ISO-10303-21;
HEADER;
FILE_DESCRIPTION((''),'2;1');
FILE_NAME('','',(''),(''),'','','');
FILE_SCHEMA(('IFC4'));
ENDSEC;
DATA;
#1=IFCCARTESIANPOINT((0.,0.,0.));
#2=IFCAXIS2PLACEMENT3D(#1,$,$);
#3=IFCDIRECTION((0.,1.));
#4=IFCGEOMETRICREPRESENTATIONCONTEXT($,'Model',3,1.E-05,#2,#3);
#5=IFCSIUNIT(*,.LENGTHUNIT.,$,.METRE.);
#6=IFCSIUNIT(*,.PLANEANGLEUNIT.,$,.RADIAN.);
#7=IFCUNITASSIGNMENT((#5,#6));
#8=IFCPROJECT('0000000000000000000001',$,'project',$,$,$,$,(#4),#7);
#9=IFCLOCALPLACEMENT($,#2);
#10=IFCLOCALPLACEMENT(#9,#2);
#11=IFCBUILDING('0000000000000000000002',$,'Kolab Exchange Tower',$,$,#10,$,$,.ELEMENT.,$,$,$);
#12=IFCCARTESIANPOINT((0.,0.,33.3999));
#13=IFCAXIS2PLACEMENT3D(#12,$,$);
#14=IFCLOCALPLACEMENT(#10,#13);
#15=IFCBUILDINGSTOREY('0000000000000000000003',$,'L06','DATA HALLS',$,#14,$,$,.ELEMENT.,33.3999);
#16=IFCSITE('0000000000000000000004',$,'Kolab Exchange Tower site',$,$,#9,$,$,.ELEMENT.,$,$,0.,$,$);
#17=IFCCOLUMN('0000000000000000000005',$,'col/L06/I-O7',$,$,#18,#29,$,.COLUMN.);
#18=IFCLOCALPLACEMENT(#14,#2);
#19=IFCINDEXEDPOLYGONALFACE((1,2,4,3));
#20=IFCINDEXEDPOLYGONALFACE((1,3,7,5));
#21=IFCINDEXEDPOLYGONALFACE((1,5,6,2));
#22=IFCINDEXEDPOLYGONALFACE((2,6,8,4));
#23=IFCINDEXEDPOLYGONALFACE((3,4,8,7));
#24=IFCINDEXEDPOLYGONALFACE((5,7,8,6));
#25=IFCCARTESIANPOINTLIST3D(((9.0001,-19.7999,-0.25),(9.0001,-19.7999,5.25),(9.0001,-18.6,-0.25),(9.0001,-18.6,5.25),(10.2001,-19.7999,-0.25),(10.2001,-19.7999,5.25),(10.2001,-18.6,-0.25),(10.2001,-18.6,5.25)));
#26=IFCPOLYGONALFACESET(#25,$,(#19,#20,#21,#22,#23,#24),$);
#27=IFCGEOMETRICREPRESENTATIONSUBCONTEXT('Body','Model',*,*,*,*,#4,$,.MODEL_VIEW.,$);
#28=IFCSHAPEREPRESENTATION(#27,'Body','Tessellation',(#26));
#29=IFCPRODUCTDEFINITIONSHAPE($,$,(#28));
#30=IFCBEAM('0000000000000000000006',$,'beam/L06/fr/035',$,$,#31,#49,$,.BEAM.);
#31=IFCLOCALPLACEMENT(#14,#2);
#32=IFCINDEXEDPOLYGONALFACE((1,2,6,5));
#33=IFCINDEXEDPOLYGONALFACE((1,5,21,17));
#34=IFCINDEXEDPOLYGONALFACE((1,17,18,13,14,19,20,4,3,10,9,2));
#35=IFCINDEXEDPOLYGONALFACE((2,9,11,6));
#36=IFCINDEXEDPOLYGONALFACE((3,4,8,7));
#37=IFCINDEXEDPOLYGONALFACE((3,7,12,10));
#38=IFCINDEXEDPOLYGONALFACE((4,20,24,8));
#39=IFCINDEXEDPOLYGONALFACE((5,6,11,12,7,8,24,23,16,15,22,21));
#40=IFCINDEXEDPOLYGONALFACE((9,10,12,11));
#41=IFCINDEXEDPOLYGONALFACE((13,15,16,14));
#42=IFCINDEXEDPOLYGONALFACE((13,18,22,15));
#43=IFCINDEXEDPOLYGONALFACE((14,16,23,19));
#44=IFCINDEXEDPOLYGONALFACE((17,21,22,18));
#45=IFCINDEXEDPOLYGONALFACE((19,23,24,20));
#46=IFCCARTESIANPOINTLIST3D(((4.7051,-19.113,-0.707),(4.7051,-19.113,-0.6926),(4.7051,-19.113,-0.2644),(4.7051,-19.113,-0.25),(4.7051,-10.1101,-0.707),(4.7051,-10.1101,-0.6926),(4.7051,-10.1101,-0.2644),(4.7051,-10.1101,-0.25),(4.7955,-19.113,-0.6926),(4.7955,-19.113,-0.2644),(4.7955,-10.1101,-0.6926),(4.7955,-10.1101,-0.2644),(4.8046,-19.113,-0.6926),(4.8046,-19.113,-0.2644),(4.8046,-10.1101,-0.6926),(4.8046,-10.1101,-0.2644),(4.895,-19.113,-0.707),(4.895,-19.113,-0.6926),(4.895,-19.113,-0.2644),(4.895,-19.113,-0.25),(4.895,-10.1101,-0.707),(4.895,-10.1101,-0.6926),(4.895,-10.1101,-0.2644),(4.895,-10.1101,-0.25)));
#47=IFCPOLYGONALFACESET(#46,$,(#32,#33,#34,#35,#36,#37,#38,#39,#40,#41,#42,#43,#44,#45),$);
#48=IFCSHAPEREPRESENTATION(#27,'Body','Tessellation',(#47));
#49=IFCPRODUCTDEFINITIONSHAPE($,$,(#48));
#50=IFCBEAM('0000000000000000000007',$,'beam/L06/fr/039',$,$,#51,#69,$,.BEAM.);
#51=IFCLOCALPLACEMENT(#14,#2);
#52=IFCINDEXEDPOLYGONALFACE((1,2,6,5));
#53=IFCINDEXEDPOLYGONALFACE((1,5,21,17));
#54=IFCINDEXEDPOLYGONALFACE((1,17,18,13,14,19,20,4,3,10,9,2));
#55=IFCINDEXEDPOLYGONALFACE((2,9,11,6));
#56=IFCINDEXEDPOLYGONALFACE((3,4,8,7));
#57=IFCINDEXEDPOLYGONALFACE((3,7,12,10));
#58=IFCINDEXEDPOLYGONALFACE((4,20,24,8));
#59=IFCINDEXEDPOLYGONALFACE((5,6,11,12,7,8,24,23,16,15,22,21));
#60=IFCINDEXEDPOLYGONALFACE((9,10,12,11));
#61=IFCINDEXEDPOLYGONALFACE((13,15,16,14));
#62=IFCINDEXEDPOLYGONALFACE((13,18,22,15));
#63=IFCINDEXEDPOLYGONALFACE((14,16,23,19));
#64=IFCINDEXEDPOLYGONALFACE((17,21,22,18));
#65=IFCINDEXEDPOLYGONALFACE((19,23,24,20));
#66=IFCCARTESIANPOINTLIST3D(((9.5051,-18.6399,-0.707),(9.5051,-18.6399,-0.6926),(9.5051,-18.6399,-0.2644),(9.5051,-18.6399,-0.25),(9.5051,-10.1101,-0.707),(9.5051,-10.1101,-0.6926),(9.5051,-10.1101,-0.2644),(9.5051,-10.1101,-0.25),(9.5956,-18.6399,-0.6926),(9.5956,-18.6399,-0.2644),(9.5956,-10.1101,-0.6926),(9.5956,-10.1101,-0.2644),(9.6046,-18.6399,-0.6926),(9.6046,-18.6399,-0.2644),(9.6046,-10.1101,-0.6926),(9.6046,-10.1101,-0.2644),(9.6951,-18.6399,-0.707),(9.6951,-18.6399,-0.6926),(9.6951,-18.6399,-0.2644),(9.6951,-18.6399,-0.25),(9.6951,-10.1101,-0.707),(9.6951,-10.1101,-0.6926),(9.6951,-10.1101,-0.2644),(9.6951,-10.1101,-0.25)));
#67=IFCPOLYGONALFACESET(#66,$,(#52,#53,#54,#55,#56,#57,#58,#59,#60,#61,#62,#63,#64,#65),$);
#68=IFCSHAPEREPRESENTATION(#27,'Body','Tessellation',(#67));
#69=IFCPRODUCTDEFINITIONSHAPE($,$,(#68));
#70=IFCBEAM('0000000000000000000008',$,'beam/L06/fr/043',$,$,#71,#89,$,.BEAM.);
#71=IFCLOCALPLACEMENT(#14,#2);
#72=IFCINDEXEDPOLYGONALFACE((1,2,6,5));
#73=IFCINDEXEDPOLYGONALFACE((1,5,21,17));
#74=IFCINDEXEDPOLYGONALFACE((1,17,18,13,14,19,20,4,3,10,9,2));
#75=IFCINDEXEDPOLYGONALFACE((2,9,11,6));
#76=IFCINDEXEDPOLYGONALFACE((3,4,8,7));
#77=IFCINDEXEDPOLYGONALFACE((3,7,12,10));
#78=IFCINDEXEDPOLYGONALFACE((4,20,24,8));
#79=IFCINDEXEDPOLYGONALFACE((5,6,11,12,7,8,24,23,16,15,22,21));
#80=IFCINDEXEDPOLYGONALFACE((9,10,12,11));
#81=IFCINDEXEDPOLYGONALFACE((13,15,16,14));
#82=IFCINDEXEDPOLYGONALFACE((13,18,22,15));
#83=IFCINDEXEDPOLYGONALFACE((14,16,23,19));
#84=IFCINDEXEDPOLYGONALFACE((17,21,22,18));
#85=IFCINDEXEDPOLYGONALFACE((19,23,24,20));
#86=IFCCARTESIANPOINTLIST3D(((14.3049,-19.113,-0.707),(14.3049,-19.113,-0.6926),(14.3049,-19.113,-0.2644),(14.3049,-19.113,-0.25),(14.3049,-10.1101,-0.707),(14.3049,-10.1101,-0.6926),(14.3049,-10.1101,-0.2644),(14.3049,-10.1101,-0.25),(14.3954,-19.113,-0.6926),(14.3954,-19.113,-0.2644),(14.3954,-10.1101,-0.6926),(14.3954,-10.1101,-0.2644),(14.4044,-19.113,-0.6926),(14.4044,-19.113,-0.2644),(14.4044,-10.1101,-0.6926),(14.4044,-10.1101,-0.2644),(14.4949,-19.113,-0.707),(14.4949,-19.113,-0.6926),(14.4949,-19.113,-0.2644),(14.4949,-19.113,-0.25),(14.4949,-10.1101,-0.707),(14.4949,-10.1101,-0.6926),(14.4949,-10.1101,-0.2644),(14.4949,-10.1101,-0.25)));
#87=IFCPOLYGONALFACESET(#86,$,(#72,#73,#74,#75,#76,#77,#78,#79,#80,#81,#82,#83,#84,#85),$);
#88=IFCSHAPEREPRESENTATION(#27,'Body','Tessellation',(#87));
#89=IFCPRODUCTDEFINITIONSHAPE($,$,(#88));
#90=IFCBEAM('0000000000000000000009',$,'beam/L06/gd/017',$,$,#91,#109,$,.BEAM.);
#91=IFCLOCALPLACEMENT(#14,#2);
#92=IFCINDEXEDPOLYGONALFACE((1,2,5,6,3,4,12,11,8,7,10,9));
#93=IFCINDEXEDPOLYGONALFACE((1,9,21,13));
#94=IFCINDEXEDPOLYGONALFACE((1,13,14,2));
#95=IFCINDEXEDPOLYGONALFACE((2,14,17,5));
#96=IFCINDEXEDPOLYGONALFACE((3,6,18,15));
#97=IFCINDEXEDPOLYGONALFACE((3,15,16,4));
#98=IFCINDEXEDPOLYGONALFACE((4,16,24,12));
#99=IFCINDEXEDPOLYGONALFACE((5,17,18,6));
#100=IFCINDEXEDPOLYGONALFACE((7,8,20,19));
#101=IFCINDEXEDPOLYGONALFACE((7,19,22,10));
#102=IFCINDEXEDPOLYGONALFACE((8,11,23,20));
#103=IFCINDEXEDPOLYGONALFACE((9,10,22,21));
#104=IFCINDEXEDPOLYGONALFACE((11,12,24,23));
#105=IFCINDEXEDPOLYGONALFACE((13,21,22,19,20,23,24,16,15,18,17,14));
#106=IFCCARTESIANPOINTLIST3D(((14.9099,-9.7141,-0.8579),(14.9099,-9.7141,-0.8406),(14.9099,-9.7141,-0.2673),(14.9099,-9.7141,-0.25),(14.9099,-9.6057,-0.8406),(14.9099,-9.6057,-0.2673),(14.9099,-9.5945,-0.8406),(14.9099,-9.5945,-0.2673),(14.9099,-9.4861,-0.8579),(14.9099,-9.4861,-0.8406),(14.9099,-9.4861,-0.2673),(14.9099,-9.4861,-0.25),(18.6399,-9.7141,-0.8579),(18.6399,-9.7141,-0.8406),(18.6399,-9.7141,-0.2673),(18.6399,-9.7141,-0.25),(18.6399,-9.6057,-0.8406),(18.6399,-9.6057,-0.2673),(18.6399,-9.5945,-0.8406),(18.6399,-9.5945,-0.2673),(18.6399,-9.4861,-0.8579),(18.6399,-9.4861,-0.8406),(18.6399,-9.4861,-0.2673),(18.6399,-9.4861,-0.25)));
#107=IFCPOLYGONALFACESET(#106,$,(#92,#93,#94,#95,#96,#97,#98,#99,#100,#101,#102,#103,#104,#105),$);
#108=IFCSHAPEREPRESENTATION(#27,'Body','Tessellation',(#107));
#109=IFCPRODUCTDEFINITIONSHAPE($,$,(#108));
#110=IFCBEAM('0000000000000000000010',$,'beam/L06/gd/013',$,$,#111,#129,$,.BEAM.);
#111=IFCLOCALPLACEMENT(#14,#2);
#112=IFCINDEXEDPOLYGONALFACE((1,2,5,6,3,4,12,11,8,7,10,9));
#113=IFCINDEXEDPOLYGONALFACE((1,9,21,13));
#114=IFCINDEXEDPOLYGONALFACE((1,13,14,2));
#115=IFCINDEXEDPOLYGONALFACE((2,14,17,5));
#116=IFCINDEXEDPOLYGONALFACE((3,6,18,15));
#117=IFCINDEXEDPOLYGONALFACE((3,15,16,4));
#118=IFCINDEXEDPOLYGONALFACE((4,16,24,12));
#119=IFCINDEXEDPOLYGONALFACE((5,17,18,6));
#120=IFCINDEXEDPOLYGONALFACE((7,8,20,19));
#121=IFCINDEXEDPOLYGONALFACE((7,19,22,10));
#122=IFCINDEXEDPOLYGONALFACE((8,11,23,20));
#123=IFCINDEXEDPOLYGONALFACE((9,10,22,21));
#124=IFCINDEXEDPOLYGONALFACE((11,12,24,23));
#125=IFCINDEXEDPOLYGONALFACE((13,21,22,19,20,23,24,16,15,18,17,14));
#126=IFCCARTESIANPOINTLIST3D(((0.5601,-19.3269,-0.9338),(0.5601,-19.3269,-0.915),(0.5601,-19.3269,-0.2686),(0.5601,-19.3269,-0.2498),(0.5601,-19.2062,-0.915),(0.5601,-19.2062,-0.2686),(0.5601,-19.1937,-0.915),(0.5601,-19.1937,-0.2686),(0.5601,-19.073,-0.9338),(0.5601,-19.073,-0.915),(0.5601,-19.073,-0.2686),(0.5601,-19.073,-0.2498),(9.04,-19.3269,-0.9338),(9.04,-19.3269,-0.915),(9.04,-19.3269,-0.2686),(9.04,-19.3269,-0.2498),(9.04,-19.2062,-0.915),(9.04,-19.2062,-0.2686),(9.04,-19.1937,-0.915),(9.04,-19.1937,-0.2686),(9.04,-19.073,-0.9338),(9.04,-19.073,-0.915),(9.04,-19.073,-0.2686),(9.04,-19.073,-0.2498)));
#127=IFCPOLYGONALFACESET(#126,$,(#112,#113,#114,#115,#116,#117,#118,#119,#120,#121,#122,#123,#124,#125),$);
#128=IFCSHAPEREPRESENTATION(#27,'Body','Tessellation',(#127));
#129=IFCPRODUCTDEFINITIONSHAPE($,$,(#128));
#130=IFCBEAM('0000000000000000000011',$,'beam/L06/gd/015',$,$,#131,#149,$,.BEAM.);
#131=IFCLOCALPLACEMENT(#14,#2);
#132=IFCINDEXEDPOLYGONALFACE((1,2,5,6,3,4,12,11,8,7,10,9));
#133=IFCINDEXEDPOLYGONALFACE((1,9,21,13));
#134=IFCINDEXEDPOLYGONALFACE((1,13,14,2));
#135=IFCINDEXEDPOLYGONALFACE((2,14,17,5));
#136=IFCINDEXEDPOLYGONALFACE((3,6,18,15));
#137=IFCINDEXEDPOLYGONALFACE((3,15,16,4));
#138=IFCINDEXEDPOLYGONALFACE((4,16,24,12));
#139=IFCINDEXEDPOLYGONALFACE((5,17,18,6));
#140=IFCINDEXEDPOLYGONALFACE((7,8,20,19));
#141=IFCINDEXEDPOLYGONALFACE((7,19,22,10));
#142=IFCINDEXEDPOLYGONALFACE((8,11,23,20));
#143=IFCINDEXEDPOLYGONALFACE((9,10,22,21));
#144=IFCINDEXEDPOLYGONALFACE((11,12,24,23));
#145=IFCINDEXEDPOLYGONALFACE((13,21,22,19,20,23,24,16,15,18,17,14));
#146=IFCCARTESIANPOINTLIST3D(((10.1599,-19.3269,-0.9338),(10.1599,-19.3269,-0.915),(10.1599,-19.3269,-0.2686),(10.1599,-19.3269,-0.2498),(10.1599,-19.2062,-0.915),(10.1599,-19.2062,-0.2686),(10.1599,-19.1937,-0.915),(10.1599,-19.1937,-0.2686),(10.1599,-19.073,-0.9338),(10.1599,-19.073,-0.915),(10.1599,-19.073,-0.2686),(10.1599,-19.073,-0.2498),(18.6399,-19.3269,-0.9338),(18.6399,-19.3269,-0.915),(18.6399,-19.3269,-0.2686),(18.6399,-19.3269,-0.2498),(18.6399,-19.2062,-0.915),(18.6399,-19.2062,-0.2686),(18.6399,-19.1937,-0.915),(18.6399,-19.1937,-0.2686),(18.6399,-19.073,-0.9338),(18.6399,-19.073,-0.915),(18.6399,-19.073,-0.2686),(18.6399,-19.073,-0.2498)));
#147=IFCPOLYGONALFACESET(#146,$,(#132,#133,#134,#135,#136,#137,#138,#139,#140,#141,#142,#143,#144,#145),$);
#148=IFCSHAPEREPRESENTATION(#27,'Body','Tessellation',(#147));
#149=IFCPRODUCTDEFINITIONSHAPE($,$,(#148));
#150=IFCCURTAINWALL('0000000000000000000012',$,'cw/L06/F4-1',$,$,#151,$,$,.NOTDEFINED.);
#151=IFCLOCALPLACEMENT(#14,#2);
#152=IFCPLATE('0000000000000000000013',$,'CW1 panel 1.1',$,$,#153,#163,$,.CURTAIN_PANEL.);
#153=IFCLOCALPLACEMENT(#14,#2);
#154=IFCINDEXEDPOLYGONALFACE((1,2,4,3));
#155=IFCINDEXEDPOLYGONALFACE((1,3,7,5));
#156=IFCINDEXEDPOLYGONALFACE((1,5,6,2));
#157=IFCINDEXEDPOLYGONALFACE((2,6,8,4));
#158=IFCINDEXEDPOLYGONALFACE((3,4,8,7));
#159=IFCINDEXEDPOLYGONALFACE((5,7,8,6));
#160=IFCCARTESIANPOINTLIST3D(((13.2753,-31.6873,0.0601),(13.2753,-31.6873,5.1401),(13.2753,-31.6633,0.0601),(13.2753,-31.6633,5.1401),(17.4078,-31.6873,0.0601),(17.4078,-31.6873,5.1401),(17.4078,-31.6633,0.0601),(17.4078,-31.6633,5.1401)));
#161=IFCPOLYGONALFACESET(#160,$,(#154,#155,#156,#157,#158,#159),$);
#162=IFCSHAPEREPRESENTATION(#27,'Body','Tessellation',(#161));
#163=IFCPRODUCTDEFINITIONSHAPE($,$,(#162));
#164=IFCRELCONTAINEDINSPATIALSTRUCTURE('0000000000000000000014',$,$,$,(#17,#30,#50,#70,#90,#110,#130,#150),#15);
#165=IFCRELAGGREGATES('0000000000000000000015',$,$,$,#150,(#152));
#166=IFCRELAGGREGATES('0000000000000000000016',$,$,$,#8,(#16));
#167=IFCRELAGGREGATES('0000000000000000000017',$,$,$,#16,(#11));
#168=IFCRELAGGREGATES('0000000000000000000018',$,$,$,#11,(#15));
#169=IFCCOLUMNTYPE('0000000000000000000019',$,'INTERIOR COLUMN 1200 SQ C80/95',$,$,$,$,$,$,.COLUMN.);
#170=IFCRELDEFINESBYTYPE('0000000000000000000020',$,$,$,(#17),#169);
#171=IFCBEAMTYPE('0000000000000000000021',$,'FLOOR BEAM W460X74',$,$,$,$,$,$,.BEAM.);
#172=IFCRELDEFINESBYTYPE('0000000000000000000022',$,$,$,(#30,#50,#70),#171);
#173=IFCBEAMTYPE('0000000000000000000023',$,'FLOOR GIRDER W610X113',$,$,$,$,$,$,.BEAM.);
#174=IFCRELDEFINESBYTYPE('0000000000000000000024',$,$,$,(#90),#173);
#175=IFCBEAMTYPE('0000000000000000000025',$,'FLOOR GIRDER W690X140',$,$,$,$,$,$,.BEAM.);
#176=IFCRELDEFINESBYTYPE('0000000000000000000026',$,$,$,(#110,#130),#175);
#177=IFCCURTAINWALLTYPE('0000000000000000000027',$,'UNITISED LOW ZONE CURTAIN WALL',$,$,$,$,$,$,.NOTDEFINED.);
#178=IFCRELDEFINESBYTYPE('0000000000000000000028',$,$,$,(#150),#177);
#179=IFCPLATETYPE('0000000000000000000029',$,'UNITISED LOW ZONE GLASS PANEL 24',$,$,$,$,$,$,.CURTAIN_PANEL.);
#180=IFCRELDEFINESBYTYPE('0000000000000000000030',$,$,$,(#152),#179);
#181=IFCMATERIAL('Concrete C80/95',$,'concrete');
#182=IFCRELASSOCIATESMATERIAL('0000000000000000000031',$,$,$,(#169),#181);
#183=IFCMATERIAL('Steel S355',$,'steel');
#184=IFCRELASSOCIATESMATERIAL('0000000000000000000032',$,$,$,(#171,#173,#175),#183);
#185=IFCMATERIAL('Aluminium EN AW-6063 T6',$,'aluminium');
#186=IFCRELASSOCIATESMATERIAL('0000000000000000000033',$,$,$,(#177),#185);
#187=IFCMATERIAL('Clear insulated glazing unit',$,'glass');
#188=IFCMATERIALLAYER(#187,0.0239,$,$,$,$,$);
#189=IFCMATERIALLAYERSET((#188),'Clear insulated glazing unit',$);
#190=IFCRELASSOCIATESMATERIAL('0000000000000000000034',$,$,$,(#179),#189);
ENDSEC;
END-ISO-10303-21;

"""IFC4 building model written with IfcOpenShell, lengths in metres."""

from ifc_helpers import new_model, si_unit, direction, frame, origin, origin_2d, place, context, subcontext, project, spatial, rectangle, i_section, extrude, material, layer, layer_set, material_profile, profile_set, type_object, element, aggregate, save


model = new_model("IFC4")

# Units and contexts
model_context = context("Model", 3, precision=1e-05, world=origin(), true_north=direction((0.0, 1.0)))
body_context = subcontext(model_context, "Body", "Model", "MODEL_VIEW")
ifc_project = project(units=[si_unit("LENGTHUNIT", "METRE"), si_unit("PLANEANGLEUNIT", "RADIAN")], contexts=[model_context])

# Site, building, storey
site_placement = place(None, origin())
site = spatial("IfcSite", under=ifc_project, at=site_placement, Name="Kolab Exchange Tower site", CompositionType="ELEMENT", RefElevation=0.0)
building_placement = place(site_placement, origin())
building = spatial("IfcBuilding", under=site, at=building_placement, Name="Kolab Exchange Tower", CompositionType="ELEMENT")
storey_placement = place(building_placement, frame((0.0, 0.0, 33.3999)))
storey = spatial("IfcBuildingStorey", under=building, at=storey_placement, Name="L06", Description="DATA HALLS", CompositionType="ELEMENT", Elevation=33.3999)

# Column
ifc_material_1 = material(Name="Concrete C80/95", Category="concrete")
ifc_material_profile_1 = material_profile(ifc_material_1, rectangle(XDim=1.2, YDim=1.2, at=origin_2d()), Name="RC1200")
ifc_profile_set_1 = profile_set([ifc_material_profile_1], Name="Concrete C80/95")
column_type = type_object("IfcColumnType", Name="INTERIOR COLUMN 1200 SQ C80/95", PredefinedType="COLUMN", material=ifc_profile_set_1)
column_placement = place(storey_placement, frame((9.6001, -19.2, -0.25), z_axis=(0.0, 0.0, 1.0), x_axis=(1.0, 0.0, 0.0)))
element("IfcColumn", 1, at=column_placement, inside=storey, type_object=column_type, Name="col/L06/I-O7", PredefinedType="COLUMN", context=body_context, shape_type="SweptSolid", body=[
    extrude(rectangle(XDim=1.2, YDim=1.2, at=origin_2d()), origin(), (0.0, 0.0, 1.0), 5.5),
])

# Beams
ifc_material_2 = material(Name="Steel S355", Category="steel")
ifc_material_profile_2 = material_profile(ifc_material_2, i_section(OverallWidth=0.1899, OverallDepth=0.457, WebThickness=0.009, FlangeThickness=0.0144, at=origin_2d()), Name="W460X74")
ifc_profile_set_2 = profile_set([ifc_material_profile_2], Name="Steel S355")
beam_type_1 = type_object("IfcBeamType", Name="FLOOR BEAM W460X74", PredefinedType="BEAM", material=ifc_profile_set_2)
beam_1_placement = place(storey_placement, frame((4.8, -19.113, -0.4785), z_axis=(0.0, 1.0, 0.0), x_axis=(-1.0, 0.0, 0.0)))
element("IfcBeam", 2, at=beam_1_placement, inside=storey, type_object=beam_type_1, Name="beam/L06/fr/035", PredefinedType="BEAM", context=body_context, shape_type="SweptSolid", body=[
    extrude(i_section(OverallWidth=0.1899, OverallDepth=0.457, WebThickness=0.009, FlangeThickness=0.0144, at=origin_2d()), origin(), (0.0, 0.0, 1.0), 9.0029),
])
beam_2_placement = place(storey_placement, frame((9.6001, -18.6399, -0.4785), z_axis=(0.0, 1.0, 0.0), x_axis=(-1.0, 0.0, 0.0)))
element("IfcBeam", 3, at=beam_2_placement, inside=storey, type_object=beam_type_1, Name="beam/L06/fr/039", PredefinedType="BEAM", context=body_context, shape_type="SweptSolid", body=[
    extrude(i_section(OverallWidth=0.1899, OverallDepth=0.457, WebThickness=0.009, FlangeThickness=0.0144, at=origin_2d()), origin(), (0.0, 0.0, 1.0), 8.5298),
])
beam_3_placement = place(storey_placement, frame((14.3999, -19.113, -0.4785), z_axis=(0.0, 1.0, 0.0), x_axis=(-1.0, 0.0, 0.0)))
element("IfcBeam", 4, at=beam_3_placement, inside=storey, type_object=beam_type_1, Name="beam/L06/fr/043", PredefinedType="BEAM", context=body_context, shape_type="SweptSolid", body=[
    extrude(i_section(OverallWidth=0.1899, OverallDepth=0.457, WebThickness=0.009, FlangeThickness=0.0144, at=origin_2d()), origin(), (0.0, 0.0, 1.0), 9.0029),
])
ifc_material_profile_3 = material_profile(ifc_material_2, i_section(OverallWidth=0.228, OverallDepth=0.6079, WebThickness=0.0112, FlangeThickness=0.0173, at=origin_2d()), Name="W610X113")
ifc_profile_set_3 = profile_set([ifc_material_profile_3], Name="Steel S355")
beam_type_2 = type_object("IfcBeamType", Name="FLOOR GIRDER W610X113", PredefinedType="BEAM", material=ifc_profile_set_3)
beam_4_placement = place(storey_placement, frame((14.9099, -9.6001, -0.554), z_axis=(1.0, 0.0, 0.0), x_axis=(0.0, 1.0, 0.0)))
element("IfcBeam", 5, at=beam_4_placement, inside=storey, type_object=beam_type_2, Name="beam/L06/gd/017", PredefinedType="BEAM", context=body_context, shape_type="SweptSolid", body=[
    extrude(i_section(OverallWidth=0.228, OverallDepth=0.6079, WebThickness=0.0112, FlangeThickness=0.0173, at=origin_2d()), origin(), (0.0, 0.0, 1.0), 3.73),
])
ifc_material_profile_4 = material_profile(ifc_material_2, i_section(OverallWidth=0.2539, OverallDepth=0.6841, WebThickness=0.0125, FlangeThickness=0.0188, at=origin_2d()), Name="W690X140")
ifc_profile_set_4 = profile_set([ifc_material_profile_4], Name="Steel S355")
beam_type_3 = type_object("IfcBeamType", Name="FLOOR GIRDER W690X140", PredefinedType="BEAM", material=ifc_profile_set_4)
for number, where, z_axis, x_axis, name in (
    (6, (0.5601, -19.2, -0.5918), (1.0, 0.0, 0.0), (0.0, 1.0, 0.0), "beam/L06/gd/013"),
    (7, (10.1599, -19.2, -0.5918), (1.0, 0.0, 0.0), (0.0, 1.0, 0.0), "beam/L06/gd/015"),
):
    element("IfcBeam", number, at=place(storey_placement, frame(where, z_axis=z_axis, x_axis=x_axis)), inside=storey, type_object=beam_type_3, Name=name, PredefinedType="BEAM", context=body_context, shape_type="SweptSolid", body=[
        extrude(i_section(OverallWidth=0.2539, OverallDepth=0.6841, WebThickness=0.0125, FlangeThickness=0.0188, at=origin_2d()), origin(), (0.0, 0.0, 1.0), 8.48),
    ])

# Curtain wall, plate
ifc_material_3 = material(Name="Aluminium EN AW-6063 T6", Category="aluminium")
curtain_wall_type = type_object("IfcCurtainWallType", Name="UNITISED LOW ZONE CURTAIN WALL", PredefinedType="NOTDEFINED", material=ifc_material_3)
curtain_wall_placement = place(storey_placement, origin())
curtain_wall = element("IfcCurtainWall", 8, at=curtain_wall_placement, inside=storey, type_object=curtain_wall_type, Name="cw/L06/F4-1", PredefinedType="NOTDEFINED")
ifc_material_4 = material(Name="Clear insulated glazing unit", Category="glass")
ifc_layer_1 = layer(ifc_material_4, 0.0239)
ifc_layer_set_1 = layer_set([ifc_layer_1], Name="Clear insulated glazing unit")
plate_type = type_object("IfcPlateType", Name="UNITISED LOW ZONE GLASS PANEL 24", PredefinedType="CURTAIN_PANEL", material=ifc_layer_set_1)
plate_placement = place(storey_placement, frame((15.3416, -31.6753, 0.0601), z_axis=(0.0, 0.0, 1.0), x_axis=(-1.0, 0.0, 0.0)))
plate = element("IfcPlate", 9, at=plate_placement, type_object=plate_type, Name="CW1 panel 1.1", PredefinedType="CURTAIN_PANEL", context=body_context, shape_type="SweptSolid", body=[
    extrude(rectangle(XDim=4.1326, YDim=0.0239, at=origin_2d()), origin(), (0.0, 0.0, 1.0), 5.0801),
])
aggregate(curtain_wall, [plate])

save(model, "model.ifc")
